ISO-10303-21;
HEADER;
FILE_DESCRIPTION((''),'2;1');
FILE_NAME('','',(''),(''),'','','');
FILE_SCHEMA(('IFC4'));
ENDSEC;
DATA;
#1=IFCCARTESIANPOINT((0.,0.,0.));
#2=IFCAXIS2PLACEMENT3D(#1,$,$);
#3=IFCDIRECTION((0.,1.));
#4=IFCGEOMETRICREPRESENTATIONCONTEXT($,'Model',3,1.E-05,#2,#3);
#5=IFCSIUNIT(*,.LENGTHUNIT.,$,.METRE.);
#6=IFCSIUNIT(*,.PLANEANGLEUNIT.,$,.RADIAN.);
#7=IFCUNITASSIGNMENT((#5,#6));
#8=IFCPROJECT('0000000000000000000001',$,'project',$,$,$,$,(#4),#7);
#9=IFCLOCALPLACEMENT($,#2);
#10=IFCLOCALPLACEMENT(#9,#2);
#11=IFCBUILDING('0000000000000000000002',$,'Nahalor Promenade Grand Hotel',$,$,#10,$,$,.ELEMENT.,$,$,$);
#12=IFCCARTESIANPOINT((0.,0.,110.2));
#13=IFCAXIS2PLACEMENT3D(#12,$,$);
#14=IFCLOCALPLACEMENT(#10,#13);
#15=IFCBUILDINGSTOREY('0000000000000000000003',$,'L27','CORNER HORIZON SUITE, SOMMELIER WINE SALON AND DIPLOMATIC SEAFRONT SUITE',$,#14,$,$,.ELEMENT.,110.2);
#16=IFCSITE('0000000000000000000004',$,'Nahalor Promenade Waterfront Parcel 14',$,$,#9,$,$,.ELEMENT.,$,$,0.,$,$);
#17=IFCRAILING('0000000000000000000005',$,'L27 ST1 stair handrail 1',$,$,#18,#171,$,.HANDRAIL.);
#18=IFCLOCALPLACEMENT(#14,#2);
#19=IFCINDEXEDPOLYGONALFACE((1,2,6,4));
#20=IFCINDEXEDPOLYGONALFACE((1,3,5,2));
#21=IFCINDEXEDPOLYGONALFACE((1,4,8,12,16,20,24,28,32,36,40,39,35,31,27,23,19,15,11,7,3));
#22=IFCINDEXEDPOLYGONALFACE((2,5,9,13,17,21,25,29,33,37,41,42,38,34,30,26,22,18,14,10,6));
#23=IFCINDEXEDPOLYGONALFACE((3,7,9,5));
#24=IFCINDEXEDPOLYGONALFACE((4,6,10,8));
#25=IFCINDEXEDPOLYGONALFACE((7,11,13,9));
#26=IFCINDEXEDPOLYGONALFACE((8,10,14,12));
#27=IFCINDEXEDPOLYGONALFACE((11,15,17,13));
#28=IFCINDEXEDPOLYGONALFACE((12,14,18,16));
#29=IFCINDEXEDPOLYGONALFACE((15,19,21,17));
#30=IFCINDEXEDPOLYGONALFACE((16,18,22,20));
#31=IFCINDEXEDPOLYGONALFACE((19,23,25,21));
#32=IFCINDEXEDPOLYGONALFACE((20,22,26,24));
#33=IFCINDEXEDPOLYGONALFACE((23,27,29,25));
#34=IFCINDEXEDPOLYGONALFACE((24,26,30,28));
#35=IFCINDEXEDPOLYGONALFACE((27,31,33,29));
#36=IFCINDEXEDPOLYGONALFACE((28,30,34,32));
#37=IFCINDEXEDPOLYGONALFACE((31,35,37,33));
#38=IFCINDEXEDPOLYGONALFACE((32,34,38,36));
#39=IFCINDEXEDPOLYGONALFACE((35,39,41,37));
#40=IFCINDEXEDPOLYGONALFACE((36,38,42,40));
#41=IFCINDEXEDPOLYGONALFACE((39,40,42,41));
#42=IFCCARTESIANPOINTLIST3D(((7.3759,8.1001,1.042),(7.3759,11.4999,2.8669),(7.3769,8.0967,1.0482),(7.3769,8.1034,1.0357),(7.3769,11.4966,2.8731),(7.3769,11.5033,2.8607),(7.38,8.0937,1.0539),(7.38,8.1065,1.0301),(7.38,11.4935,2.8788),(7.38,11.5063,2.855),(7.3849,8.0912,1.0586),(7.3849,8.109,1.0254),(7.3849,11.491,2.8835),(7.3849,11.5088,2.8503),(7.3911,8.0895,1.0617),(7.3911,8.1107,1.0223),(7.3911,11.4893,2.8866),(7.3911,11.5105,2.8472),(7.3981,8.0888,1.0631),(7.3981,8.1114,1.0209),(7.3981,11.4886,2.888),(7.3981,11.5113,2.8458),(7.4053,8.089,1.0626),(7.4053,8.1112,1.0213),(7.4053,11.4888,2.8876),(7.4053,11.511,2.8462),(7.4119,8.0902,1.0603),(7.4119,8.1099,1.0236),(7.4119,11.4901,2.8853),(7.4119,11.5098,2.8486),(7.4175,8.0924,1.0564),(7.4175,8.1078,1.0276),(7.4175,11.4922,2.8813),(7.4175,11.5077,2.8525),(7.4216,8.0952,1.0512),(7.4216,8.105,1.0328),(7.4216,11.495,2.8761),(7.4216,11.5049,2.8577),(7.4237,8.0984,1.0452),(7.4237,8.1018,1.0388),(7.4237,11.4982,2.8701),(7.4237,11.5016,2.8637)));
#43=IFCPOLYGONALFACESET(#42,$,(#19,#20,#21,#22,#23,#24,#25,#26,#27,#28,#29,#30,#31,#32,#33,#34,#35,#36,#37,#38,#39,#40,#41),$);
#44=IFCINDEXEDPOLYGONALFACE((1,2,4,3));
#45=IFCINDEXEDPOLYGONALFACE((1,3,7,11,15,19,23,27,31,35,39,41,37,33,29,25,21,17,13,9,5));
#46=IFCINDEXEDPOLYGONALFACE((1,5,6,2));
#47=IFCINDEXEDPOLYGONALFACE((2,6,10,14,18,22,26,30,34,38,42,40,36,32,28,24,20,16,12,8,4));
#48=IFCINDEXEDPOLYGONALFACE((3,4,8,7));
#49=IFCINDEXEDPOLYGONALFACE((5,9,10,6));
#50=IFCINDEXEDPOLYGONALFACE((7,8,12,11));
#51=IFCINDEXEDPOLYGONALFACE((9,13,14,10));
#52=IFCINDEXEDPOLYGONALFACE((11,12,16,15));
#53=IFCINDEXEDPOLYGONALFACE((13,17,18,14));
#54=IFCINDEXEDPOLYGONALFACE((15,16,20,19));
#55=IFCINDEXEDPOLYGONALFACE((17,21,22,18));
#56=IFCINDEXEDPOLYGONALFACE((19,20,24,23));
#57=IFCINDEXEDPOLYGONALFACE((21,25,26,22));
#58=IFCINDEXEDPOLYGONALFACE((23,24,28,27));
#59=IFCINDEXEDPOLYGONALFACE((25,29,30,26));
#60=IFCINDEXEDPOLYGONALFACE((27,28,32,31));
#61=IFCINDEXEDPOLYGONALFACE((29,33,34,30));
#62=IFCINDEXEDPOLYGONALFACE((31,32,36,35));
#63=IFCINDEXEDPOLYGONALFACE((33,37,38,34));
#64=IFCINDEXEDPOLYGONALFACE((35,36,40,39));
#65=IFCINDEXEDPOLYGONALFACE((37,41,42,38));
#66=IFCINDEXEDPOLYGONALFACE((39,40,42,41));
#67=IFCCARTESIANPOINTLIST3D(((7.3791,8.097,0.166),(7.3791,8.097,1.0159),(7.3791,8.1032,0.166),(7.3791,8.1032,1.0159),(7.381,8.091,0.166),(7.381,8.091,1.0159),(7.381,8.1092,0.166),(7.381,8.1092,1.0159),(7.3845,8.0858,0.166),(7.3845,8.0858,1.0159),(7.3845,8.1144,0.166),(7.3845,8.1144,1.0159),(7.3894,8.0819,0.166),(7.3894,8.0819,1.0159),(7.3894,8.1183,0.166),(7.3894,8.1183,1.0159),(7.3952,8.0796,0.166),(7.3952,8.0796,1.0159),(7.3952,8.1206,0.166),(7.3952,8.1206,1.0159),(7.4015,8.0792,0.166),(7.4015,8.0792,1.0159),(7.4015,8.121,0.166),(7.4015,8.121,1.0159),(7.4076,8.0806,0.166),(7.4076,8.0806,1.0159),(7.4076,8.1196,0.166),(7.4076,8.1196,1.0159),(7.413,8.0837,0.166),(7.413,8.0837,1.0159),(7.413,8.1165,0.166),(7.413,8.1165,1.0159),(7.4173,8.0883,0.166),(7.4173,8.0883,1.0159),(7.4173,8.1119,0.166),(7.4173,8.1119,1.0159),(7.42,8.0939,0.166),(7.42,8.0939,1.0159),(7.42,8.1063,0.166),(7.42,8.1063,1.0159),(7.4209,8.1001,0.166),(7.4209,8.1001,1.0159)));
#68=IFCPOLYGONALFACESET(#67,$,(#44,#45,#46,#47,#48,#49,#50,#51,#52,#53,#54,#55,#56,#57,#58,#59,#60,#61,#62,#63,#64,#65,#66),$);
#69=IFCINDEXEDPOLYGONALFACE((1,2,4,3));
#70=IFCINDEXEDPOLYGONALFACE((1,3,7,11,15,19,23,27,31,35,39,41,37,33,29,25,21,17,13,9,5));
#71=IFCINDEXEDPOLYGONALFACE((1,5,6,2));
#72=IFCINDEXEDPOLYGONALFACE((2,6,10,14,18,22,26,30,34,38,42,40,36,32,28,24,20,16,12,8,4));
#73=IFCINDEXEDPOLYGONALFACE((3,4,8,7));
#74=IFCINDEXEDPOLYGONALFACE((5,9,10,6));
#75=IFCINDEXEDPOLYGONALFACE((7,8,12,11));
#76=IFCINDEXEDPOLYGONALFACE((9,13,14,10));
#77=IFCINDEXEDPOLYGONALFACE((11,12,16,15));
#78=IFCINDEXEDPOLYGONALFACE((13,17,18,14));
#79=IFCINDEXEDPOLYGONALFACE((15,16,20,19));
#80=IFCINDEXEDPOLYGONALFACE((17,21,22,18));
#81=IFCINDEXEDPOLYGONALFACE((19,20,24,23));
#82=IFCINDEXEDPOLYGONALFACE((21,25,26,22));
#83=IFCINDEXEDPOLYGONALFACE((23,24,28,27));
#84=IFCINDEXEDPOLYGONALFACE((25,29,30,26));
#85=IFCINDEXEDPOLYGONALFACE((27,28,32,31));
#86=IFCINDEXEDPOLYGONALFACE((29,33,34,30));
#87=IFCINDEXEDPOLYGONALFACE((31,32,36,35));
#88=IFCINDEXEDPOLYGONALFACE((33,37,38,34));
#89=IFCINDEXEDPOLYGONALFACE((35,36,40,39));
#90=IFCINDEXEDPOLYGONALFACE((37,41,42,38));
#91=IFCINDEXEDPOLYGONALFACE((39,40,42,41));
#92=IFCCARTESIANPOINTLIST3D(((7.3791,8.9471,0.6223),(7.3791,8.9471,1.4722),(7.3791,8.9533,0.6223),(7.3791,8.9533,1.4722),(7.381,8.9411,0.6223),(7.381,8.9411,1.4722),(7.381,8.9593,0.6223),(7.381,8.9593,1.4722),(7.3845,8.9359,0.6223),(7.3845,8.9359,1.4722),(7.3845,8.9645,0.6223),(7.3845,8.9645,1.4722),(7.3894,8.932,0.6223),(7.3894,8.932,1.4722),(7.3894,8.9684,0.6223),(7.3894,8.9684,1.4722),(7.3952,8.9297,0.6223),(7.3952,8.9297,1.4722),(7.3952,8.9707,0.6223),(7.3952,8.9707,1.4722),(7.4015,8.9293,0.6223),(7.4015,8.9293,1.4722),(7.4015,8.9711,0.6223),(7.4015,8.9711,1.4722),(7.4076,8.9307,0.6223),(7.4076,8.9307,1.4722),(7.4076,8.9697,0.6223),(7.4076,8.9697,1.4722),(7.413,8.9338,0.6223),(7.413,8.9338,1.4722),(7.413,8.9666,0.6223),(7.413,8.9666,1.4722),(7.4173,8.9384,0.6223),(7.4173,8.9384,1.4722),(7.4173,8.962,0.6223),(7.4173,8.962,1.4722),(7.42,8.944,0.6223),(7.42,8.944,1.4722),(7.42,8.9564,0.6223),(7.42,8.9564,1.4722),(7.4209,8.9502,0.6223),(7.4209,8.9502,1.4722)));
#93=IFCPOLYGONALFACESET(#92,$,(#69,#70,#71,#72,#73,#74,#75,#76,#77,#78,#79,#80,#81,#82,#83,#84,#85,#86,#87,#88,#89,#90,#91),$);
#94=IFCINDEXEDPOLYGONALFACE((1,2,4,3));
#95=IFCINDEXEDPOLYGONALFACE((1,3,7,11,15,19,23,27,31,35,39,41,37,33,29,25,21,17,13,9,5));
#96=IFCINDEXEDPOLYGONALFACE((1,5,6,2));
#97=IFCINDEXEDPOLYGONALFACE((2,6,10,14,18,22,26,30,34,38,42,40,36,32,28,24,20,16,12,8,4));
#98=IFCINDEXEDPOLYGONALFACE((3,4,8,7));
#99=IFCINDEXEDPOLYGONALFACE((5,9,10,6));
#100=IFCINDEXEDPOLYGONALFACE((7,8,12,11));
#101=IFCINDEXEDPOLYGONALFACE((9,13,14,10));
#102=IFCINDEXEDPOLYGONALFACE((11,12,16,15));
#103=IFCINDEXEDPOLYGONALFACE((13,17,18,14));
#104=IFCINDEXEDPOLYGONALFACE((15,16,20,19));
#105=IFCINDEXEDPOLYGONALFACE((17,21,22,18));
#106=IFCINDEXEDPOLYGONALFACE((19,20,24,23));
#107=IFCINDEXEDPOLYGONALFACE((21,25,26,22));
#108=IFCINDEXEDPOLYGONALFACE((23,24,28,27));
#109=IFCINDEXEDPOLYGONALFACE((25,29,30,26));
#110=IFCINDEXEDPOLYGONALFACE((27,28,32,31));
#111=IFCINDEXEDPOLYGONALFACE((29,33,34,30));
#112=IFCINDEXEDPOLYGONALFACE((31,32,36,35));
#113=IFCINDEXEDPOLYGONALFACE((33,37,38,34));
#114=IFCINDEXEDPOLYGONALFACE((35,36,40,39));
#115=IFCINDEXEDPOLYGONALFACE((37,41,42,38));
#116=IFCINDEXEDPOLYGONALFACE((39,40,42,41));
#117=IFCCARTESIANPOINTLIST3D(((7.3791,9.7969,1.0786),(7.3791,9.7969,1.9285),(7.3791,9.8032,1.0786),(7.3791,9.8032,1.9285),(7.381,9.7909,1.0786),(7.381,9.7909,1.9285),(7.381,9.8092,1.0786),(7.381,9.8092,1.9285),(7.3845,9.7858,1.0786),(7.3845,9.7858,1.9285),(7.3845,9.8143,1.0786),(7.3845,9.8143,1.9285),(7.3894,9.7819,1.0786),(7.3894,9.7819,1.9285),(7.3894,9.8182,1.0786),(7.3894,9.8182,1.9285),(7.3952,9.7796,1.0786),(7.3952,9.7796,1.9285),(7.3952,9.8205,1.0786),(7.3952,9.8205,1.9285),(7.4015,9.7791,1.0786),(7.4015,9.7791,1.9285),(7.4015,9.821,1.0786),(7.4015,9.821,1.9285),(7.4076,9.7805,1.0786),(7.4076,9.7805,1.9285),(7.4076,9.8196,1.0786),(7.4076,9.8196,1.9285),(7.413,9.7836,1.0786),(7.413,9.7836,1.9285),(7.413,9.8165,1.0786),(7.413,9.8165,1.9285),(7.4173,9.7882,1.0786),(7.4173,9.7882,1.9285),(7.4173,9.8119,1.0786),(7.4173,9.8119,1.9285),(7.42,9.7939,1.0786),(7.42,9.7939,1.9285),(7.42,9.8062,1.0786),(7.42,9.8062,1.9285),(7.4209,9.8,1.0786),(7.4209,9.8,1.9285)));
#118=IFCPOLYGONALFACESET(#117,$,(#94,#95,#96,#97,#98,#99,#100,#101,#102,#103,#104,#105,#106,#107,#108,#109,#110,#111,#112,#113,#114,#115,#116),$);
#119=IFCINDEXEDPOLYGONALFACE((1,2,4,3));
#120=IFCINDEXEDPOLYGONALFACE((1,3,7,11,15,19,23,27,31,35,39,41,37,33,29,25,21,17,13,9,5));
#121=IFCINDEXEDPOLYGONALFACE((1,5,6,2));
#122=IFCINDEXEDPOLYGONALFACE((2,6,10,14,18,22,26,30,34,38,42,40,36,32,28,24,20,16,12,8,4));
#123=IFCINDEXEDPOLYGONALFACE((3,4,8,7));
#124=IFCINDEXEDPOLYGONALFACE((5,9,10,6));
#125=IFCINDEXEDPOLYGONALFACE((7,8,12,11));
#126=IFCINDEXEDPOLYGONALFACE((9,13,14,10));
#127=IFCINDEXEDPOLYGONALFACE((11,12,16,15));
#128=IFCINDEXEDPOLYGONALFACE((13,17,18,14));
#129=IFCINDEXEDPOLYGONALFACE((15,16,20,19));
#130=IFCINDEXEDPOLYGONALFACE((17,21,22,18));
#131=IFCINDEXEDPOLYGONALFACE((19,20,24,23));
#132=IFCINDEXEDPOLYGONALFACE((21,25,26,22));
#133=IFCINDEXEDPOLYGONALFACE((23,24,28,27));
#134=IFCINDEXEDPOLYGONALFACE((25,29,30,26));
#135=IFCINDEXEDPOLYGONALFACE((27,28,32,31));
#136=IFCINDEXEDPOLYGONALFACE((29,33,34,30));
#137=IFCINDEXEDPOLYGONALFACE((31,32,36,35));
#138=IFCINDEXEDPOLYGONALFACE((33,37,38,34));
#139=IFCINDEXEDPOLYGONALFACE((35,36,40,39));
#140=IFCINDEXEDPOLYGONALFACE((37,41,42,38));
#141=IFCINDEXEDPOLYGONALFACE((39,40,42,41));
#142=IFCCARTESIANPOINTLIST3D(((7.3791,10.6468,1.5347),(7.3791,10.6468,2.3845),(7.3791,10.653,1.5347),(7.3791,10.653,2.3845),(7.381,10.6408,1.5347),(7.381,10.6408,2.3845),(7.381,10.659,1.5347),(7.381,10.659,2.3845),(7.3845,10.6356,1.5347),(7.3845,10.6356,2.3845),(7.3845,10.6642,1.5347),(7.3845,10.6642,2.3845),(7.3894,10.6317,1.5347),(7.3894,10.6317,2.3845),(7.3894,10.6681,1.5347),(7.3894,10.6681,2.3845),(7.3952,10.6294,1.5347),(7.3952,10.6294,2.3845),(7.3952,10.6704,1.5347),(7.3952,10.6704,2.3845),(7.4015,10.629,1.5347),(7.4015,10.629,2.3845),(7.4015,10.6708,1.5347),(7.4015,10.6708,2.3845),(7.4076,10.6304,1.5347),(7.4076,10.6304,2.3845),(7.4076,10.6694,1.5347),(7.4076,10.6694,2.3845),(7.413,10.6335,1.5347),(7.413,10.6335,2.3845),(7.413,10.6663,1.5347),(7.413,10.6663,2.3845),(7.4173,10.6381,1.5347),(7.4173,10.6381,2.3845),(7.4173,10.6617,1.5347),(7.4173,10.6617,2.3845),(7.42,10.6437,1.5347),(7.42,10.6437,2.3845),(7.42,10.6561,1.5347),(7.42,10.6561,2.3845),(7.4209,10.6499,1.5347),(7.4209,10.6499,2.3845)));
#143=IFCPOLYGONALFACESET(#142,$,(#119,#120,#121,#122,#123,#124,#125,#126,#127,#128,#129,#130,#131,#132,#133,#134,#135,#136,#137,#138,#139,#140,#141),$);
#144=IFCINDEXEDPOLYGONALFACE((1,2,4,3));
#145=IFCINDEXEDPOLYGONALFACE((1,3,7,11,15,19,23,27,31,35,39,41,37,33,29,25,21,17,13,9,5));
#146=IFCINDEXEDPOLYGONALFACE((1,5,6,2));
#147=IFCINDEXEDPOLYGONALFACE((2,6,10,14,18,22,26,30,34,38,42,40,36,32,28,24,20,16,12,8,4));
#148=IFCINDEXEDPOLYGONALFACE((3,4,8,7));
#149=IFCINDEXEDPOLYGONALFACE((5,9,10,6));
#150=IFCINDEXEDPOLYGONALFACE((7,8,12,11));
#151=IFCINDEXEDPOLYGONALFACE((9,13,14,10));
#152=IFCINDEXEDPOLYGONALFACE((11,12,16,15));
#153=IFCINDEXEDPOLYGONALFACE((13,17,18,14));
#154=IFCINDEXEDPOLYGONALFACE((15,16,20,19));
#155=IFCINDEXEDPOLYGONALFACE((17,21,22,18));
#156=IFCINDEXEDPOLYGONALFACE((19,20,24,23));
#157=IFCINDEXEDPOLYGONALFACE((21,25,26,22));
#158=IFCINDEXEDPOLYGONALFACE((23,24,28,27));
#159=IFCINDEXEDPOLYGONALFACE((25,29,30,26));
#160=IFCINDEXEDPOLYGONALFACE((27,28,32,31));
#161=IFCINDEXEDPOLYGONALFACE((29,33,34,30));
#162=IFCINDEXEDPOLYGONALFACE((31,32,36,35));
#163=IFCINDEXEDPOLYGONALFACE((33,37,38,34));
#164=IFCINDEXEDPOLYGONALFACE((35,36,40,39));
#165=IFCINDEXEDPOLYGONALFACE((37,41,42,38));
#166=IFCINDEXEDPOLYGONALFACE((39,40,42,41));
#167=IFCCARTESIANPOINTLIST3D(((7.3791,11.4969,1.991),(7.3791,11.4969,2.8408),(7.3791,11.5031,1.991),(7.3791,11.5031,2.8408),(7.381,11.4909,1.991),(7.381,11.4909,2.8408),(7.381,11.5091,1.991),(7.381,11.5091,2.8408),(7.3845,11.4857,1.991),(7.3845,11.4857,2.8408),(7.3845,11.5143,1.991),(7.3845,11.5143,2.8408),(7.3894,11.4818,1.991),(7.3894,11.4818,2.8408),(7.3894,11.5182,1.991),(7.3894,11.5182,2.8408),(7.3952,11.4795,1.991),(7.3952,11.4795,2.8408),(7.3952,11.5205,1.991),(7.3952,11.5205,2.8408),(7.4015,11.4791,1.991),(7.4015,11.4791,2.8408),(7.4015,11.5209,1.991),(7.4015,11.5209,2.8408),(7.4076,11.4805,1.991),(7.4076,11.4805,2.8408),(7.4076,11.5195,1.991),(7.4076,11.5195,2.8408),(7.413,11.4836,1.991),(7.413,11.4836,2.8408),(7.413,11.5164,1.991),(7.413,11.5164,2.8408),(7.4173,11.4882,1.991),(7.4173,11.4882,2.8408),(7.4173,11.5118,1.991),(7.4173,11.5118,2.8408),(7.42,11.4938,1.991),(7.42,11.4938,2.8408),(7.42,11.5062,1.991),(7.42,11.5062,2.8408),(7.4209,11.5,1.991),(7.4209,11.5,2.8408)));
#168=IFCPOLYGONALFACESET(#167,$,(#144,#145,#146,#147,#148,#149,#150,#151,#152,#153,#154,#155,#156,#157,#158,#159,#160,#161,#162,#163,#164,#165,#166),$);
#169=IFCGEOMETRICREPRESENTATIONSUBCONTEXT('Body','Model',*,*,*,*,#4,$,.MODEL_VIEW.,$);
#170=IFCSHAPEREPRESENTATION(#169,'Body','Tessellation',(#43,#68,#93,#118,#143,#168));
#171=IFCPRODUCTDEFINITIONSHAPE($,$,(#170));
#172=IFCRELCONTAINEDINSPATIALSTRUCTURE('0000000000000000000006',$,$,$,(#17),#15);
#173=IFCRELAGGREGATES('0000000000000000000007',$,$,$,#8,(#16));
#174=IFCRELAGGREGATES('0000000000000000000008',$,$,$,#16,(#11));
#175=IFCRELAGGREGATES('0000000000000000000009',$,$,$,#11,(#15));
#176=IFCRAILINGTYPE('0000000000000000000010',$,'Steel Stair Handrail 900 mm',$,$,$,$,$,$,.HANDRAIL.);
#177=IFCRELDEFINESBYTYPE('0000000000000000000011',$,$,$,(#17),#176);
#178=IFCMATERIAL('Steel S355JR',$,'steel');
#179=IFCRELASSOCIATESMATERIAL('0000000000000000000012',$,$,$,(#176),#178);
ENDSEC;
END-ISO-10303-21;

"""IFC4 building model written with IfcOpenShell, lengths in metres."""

from ifc_helpers import new_model, si_unit, direction, frame, origin, origin_2d, place, context, subcontext, project, spatial, circle, extrude, material, type_object, element, save


model = new_model("IFC4")

# Units and contexts
model_context = context("Model", 3, precision=1e-05, world=origin(), true_north=direction((0.0, 1.0)))
body_context = subcontext(model_context, "Body", "Model", "MODEL_VIEW")
ifc_project = project(units=[si_unit("LENGTHUNIT", "METRE"), si_unit("PLANEANGLEUNIT", "RADIAN")], contexts=[model_context])

# Site, building, storey
site_placement = place(None, origin())
site = spatial("IfcSite", under=ifc_project, at=site_placement, Name="Nahalor Promenade Waterfront Parcel 14", CompositionType="ELEMENT", RefElevation=0.0)
building_placement = place(site_placement, origin())
building = spatial("IfcBuilding", under=site, at=building_placement, Name="Nahalor Promenade Grand Hotel", CompositionType="ELEMENT")
storey_placement = place(building_placement, frame((0.0, 0.0, 110.2)))
storey = spatial("IfcBuildingStorey", under=building, at=storey_placement, Name="L27", Description="CORNER HORIZON SUITE, SOMMELIER WINE SALON AND DIPLOMATIC SEAFRONT SUITE", CompositionType="ELEMENT", Elevation=110.2)

# Shared definitions
ifc_material_1 = material(Name="Steel S355JR", Category="steel")

# Railing
railing_type_1 = type_object("IfcRailingType", Name="Steel Stair Handrail 900 mm", PredefinedType="HANDRAIL", material=ifc_material_1)
railing_1_placement = place(storey_placement, frame((7.3999, 8.1001, 0.166)))
element("IfcRailing", 1, at=railing_1_placement, inside=storey, type_object=railing_type_1, Name="L27 ST1 stair handrail 1", PredefinedType="HANDRAIL", context=body_context, shape_type="SweptSolid", body=[
    extrude(circle(Radius=0.024, at=origin_2d()), frame((0.0, 0.0, 0.876), z_axis=(0.0, 0.881094, 0.472941), x_axis=(-1.0, 0.0, 0.0)), (0.0, 0.0, 1.0), 3.8586),
    extrude(circle(Radius=0.021, at=origin_2d()), origin(), (0.0, 0.0, 1.0), 0.8499),
    extrude(circle(Radius=0.021, at=origin_2d()), frame((0.0, 0.8501, 0.4563)), (0.0, 0.0, 1.0), 0.8499),
    extrude(circle(Radius=0.021, at=origin_2d()), frame((0.0, 1.7, 0.9126)), (0.0, 0.0, 1.0), 0.8499),
    extrude(circle(Radius=0.021, at=origin_2d()), frame((0.0, 2.5498, 1.3687)), (0.0, 0.0, 1.0), 0.8499),
    extrude(circle(Radius=0.021, at=origin_2d()), frame((0.0, 3.3999, 1.825)), (0.0, 0.0, 1.0), 0.8499),
])

save(model, "model.ifc")
